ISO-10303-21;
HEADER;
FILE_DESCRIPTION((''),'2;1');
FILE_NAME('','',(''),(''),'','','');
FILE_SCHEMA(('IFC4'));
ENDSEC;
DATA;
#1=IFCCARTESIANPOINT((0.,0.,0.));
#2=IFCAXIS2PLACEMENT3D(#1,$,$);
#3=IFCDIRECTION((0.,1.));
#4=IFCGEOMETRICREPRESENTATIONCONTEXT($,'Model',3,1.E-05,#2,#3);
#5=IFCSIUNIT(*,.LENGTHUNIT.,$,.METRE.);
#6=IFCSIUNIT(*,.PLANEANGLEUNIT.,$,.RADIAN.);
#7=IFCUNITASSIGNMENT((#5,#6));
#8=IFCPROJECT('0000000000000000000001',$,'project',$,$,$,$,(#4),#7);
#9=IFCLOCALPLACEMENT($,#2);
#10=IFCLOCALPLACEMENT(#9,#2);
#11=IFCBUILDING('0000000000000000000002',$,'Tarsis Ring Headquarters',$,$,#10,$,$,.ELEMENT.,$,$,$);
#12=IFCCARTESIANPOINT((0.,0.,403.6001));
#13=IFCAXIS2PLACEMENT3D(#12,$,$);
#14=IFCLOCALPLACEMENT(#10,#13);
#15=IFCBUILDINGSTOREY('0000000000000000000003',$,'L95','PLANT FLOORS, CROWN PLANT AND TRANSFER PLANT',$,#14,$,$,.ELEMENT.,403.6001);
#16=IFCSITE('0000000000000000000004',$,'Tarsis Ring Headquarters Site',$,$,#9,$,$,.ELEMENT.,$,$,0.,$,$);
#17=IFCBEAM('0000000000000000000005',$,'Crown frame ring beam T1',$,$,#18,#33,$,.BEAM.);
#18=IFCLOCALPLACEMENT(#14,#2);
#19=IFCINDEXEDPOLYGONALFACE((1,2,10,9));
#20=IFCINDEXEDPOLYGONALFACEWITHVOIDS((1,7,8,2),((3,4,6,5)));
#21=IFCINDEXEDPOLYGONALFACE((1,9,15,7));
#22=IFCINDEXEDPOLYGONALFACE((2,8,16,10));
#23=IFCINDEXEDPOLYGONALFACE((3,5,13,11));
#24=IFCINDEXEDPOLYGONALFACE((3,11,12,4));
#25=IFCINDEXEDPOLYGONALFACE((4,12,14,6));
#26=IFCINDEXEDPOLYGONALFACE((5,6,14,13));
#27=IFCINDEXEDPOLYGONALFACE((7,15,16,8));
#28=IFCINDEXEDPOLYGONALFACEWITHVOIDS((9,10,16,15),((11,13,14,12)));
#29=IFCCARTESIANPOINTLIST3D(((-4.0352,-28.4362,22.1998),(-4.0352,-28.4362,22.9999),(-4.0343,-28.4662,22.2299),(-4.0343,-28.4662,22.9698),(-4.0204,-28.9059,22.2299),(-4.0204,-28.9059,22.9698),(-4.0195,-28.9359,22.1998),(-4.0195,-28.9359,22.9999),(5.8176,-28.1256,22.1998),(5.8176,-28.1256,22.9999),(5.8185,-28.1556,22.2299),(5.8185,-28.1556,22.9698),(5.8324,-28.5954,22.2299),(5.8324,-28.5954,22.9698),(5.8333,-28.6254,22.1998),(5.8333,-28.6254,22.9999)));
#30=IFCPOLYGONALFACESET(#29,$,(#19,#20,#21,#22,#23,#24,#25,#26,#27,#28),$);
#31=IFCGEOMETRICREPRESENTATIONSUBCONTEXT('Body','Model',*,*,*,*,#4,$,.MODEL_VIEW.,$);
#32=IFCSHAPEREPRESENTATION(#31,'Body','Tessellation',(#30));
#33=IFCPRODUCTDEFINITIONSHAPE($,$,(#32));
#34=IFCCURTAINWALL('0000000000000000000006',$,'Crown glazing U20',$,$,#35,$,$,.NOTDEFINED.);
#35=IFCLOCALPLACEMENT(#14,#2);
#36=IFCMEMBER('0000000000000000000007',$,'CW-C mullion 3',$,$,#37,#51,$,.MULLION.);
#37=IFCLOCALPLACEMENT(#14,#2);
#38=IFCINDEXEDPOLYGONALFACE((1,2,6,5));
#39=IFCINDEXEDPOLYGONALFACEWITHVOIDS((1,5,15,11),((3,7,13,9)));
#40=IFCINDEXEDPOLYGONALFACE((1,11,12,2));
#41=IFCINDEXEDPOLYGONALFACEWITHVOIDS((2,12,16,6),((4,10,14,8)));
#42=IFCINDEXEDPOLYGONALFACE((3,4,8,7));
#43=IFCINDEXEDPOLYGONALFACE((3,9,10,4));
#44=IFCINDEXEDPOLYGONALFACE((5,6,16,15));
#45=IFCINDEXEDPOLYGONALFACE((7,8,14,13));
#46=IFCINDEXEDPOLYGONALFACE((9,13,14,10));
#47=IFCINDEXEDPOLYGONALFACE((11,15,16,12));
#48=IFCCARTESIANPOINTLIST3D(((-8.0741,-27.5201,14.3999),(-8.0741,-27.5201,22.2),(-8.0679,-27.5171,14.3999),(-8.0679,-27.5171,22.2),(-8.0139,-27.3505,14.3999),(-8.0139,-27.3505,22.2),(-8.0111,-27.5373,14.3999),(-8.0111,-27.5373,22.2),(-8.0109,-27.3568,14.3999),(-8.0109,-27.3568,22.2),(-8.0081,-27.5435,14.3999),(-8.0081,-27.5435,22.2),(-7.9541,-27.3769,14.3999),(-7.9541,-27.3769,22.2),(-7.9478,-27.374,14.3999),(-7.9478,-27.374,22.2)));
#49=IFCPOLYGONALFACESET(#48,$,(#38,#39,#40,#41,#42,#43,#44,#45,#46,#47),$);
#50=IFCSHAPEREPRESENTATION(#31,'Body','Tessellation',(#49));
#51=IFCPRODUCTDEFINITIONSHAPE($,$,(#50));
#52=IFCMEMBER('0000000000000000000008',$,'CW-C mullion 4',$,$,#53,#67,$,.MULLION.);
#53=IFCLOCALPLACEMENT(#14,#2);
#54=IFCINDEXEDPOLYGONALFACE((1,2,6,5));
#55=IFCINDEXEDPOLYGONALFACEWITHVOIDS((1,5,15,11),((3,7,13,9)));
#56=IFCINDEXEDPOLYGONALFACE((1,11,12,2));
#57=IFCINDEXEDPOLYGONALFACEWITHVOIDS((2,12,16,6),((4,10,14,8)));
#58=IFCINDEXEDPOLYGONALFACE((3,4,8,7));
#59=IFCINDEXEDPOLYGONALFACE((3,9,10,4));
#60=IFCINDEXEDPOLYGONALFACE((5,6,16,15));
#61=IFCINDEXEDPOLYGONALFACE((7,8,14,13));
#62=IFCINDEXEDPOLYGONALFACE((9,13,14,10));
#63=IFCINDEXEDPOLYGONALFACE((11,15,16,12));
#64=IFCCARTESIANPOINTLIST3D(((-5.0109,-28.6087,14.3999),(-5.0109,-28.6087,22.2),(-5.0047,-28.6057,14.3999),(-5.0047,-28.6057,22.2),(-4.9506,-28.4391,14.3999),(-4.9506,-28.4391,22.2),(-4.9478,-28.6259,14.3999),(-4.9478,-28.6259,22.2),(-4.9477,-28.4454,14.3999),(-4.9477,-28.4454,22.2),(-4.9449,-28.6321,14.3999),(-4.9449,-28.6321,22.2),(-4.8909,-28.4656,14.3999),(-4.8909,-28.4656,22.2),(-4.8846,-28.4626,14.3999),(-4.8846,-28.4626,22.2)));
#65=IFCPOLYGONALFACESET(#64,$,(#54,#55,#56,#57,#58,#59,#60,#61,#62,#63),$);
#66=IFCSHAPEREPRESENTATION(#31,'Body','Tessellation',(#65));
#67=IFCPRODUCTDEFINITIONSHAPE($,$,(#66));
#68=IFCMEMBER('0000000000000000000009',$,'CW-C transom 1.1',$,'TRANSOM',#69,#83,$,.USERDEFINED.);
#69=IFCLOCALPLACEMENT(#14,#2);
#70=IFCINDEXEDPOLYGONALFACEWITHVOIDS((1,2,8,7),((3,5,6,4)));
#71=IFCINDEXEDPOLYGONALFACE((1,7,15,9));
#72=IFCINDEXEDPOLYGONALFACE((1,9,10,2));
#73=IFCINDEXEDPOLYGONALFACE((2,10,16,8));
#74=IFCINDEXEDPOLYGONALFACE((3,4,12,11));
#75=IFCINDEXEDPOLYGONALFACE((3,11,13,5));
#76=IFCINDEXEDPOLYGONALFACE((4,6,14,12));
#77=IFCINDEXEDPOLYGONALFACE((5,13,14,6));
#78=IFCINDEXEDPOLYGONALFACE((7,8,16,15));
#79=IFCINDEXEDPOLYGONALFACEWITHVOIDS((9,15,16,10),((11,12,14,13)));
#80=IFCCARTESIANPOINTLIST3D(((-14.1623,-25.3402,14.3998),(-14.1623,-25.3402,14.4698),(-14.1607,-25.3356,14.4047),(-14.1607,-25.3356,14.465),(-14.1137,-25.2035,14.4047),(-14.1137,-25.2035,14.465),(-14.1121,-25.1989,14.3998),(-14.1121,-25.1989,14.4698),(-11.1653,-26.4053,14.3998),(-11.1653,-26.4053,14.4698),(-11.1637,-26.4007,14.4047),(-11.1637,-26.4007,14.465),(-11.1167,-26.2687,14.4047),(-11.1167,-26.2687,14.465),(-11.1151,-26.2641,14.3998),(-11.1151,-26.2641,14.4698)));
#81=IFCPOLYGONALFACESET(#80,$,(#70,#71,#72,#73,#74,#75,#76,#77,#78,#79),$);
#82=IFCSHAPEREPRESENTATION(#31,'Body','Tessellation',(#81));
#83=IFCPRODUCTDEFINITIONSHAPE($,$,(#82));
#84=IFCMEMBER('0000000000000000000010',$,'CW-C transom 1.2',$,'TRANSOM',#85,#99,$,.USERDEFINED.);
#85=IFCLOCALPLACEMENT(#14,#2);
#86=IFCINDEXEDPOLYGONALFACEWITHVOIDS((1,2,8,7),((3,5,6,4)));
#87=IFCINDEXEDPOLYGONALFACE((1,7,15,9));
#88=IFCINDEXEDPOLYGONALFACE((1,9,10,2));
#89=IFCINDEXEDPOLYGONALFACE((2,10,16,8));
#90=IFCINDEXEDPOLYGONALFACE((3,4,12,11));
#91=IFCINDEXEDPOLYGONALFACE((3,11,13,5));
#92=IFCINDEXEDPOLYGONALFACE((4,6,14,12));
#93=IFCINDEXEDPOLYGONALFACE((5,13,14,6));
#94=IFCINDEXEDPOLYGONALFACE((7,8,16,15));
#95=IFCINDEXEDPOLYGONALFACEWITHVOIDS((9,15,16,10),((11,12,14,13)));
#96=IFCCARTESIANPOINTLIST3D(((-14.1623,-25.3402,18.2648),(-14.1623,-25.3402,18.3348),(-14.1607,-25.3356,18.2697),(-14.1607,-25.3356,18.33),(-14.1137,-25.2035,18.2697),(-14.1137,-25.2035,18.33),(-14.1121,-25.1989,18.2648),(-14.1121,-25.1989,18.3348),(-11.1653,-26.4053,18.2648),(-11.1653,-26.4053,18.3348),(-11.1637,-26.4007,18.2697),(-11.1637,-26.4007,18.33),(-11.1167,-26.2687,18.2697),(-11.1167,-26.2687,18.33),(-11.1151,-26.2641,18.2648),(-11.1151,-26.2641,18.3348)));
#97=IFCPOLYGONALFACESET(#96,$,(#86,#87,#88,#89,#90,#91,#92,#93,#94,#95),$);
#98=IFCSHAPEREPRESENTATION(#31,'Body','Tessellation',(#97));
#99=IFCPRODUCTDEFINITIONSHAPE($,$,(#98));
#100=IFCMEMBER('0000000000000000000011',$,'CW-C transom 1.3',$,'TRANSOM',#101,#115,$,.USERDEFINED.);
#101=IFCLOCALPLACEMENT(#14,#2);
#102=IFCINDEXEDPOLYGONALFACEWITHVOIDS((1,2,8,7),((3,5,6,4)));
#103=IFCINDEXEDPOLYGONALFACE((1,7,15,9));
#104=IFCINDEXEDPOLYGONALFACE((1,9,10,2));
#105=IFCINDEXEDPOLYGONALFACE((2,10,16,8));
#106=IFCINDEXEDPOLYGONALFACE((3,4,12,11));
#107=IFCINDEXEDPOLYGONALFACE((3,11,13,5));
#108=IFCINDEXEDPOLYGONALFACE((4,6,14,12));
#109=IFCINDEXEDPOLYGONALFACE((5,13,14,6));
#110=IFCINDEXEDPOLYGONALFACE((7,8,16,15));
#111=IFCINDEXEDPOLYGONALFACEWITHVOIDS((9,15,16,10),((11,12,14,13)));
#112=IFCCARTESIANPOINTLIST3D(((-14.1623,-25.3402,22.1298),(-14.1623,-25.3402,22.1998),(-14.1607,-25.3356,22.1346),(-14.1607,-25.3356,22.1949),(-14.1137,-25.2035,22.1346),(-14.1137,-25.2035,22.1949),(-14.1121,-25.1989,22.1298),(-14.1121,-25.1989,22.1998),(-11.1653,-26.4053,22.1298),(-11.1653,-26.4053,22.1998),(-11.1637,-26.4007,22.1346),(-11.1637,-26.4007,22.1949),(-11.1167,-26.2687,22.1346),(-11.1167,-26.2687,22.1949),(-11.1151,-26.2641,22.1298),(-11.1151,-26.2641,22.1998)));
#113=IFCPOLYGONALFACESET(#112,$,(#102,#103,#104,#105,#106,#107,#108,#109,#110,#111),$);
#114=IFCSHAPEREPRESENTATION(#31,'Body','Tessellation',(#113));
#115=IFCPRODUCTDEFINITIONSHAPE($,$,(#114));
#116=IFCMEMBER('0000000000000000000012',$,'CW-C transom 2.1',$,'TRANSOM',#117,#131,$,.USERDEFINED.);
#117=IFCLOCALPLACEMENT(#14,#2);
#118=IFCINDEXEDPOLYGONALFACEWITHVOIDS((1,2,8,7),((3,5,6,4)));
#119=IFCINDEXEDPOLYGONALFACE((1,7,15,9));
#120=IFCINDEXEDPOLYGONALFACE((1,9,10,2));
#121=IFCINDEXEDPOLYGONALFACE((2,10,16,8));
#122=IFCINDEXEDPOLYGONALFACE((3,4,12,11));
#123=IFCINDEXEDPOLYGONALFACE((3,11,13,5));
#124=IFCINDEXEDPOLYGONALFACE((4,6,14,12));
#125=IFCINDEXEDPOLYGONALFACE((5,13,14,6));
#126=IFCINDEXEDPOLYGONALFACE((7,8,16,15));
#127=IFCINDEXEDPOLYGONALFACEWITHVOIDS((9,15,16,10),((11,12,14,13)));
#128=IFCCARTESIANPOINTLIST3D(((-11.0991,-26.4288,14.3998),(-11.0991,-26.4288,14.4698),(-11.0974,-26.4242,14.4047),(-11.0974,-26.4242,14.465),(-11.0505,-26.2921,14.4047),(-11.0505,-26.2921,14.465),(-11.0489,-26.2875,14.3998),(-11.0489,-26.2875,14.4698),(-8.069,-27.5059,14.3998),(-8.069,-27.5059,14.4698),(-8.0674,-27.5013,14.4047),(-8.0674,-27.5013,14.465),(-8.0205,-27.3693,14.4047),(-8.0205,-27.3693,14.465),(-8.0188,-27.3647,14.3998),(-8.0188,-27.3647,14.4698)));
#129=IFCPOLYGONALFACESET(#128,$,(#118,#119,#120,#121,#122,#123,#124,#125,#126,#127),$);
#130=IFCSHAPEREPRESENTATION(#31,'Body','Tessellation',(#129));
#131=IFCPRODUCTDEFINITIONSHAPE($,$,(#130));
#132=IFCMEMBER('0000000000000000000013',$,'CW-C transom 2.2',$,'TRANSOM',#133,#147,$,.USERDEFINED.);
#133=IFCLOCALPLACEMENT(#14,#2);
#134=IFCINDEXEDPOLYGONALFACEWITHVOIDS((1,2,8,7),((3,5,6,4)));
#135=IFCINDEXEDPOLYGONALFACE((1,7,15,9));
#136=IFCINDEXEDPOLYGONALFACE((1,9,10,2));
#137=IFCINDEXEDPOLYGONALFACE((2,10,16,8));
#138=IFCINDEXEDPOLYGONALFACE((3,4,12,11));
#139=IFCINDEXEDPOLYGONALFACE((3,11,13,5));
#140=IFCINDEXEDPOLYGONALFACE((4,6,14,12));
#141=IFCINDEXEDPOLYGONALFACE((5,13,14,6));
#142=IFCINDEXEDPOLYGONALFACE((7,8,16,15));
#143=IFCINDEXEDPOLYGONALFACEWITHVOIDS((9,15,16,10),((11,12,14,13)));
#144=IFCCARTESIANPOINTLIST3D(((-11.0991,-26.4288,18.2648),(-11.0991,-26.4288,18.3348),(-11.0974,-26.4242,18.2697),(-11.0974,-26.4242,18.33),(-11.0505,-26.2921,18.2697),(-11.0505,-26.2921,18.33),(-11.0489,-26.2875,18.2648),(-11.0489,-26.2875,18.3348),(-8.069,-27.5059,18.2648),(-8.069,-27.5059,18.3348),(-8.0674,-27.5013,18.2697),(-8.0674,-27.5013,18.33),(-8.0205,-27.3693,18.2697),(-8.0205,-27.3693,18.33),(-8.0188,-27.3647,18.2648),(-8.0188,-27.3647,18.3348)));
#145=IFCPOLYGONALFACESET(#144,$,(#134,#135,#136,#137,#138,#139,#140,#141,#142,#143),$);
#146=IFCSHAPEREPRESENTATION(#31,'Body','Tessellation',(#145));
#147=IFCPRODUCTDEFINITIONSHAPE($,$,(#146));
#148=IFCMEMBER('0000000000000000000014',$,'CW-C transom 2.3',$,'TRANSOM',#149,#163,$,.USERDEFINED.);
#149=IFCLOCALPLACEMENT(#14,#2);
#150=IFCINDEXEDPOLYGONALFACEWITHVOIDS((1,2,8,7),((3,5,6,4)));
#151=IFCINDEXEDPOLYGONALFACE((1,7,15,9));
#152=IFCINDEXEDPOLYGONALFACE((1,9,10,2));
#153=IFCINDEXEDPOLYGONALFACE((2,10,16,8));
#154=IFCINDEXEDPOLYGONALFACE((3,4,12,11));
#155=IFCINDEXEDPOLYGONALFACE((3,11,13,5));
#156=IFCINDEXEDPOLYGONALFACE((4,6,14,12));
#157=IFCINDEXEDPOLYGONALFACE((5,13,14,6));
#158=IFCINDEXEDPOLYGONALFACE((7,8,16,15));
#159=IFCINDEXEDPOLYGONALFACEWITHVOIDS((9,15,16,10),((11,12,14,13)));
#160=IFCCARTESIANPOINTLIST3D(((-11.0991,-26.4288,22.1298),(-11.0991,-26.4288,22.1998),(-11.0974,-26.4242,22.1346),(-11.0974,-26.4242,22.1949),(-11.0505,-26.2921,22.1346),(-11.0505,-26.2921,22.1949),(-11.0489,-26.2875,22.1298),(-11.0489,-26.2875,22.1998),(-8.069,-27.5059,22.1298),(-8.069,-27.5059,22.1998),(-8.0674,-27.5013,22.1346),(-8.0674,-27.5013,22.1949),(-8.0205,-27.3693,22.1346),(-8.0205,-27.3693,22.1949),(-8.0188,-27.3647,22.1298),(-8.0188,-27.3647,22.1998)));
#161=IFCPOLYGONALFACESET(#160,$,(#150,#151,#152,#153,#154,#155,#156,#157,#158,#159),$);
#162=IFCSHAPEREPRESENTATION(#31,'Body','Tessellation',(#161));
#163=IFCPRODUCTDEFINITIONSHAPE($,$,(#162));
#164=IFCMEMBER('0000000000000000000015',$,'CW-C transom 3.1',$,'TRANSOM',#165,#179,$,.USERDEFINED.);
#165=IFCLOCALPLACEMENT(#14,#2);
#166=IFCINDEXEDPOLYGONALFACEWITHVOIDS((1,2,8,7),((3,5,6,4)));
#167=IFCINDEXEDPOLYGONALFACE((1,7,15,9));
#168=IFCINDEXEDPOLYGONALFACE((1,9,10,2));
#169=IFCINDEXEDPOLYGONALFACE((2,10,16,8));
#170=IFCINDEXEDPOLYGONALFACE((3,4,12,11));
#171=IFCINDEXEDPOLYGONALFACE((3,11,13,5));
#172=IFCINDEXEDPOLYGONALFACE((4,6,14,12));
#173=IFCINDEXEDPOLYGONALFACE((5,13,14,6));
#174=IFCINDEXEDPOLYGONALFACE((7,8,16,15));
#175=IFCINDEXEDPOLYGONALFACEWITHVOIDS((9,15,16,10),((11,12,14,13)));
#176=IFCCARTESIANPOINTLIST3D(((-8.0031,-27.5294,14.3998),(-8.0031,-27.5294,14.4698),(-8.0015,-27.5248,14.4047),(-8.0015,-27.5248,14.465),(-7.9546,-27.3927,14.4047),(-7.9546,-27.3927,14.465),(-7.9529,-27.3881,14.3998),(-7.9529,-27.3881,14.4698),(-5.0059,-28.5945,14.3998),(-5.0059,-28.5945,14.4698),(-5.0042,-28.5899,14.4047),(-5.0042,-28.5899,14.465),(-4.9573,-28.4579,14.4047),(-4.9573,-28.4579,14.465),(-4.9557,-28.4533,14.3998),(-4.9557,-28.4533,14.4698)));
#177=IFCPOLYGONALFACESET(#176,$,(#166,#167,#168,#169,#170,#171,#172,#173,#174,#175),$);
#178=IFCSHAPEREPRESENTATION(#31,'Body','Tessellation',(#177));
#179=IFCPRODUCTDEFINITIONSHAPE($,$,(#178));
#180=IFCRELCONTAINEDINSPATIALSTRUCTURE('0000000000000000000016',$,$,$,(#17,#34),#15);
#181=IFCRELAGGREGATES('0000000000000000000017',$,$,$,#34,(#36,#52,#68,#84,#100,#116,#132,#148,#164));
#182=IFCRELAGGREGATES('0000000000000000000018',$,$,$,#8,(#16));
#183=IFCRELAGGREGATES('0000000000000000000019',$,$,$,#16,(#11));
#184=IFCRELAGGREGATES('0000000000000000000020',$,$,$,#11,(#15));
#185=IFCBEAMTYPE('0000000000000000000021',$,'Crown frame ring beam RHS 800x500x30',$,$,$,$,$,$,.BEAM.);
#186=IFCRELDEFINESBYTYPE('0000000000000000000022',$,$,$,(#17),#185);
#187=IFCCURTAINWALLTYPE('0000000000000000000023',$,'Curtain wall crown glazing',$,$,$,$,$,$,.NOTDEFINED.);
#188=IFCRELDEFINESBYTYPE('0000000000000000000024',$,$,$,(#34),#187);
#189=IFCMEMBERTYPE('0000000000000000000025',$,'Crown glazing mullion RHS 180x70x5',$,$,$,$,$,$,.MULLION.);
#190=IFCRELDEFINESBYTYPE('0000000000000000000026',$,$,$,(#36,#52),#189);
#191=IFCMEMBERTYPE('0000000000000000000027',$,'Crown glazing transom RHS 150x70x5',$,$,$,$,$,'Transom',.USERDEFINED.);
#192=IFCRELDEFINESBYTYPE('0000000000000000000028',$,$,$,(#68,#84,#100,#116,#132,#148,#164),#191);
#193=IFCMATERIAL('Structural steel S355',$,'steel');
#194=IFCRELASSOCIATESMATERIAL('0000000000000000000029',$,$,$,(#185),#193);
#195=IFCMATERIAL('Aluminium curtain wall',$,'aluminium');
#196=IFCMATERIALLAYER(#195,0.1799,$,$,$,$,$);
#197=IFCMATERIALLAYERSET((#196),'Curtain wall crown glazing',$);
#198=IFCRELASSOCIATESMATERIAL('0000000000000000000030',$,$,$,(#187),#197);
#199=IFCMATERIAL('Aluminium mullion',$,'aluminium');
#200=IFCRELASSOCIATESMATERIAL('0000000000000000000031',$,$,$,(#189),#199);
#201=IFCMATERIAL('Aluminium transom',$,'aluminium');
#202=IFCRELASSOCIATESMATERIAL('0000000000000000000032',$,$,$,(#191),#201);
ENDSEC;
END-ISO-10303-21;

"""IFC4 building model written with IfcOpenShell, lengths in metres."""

from ifc_helpers import new_model, si_unit, direction, frame, origin, origin_2d, place, context, subcontext, project, spatial, hollow_rectangle, extrude, material, layer, layer_set, material_profile, profile_set, type_object, element, aggregate, save


model = new_model("IFC4")

# Units and contexts
model_context = context("Model", 3, precision=1e-05, world=origin(), true_north=direction((0.0, 1.0)))
body_context = subcontext(model_context, "Body", "Model", "MODEL_VIEW")
ifc_project = project(units=[si_unit("LENGTHUNIT", "METRE"), si_unit("PLANEANGLEUNIT", "RADIAN")], contexts=[model_context])

# Site, building, storey
site_placement = place(None, origin())
site = spatial("IfcSite", under=ifc_project, at=site_placement, Name="Tarsis Ring Headquarters Site", CompositionType="ELEMENT", RefElevation=0.0)
building_placement = place(site_placement, origin())
building = spatial("IfcBuilding", under=site, at=building_placement, Name="Tarsis Ring Headquarters", CompositionType="ELEMENT")
storey_placement = place(building_placement, frame((0.0, 0.0, 403.6001)))
storey = spatial("IfcBuildingStorey", under=building, at=storey_placement, Name="L95", Description="PLANT FLOORS, CROWN PLANT AND TRANSFER PLANT", CompositionType="ELEMENT", Elevation=403.6001)

# Beam
ifc_material_1 = material(Name="Structural steel S355", Category="steel")
ifc_material_profile_1 = material_profile(ifc_material_1, hollow_rectangle(XDim=0.5, YDim=0.8, WallThickness=0.03, at=origin_2d()), Name="RHS 800x500x30")
ifc_profile_set_1 = profile_set([ifc_material_profile_1], Name="Structural steel S355")
beam_type = type_object("IfcBeamType", Name="Crown frame ring beam RHS 800x500x30", PredefinedType="BEAM", material=ifc_profile_set_1)
beam_placement = place(storey_placement, frame((-4.0273, -28.686, 22.5999), z_axis=(0.999504, 0.031503, 0.0), x_axis=(-0.031503, 0.999504, 0.0)))
element("IfcBeam", 1, at=beam_placement, inside=storey, type_object=beam_type, Name="Crown frame ring beam T1", PredefinedType="BEAM", context=body_context, shape_type="SweptSolid", body=[
    extrude(hollow_rectangle(XDim=0.5, YDim=0.8, WallThickness=0.03, at=origin_2d()), origin(), (0.0, 0.0, 1.0), 9.8577),
])

# Curtain wall, members
ifc_material_2 = material(Name="Aluminium curtain wall", Category="aluminium")
ifc_layer_1 = layer(ifc_material_2, 0.1799)
ifc_layer_set_1 = layer_set([ifc_layer_1], Name="Curtain wall crown glazing")
curtain_wall_type = type_object("IfcCurtainWallType", Name="Curtain wall crown glazing", PredefinedType="NOTDEFINED", material=ifc_layer_set_1)
curtain_wall_placement = place(storey_placement, origin())
curtain_wall = element("IfcCurtainWall", 2, at=curtain_wall_placement, inside=storey, type_object=curtain_wall_type, Name="Crown glazing U20", PredefinedType="NOTDEFINED")
ifc_material_3 = material(Name="Aluminium mullion", Category="aluminium")
ifc_material_profile_2 = material_profile(ifc_material_3, hollow_rectangle(XDim=0.1799, YDim=0.0701, WallThickness=0.0049, at=origin_2d()), Name="RHS 180x70x5")
ifc_profile_set_2 = profile_set([ifc_material_profile_2], Name="Aluminium mullion")
member_type_1 = type_object("IfcMemberType", Name="Crown glazing mullion RHS 180x70x5", PredefinedType="MULLION", material=ifc_profile_set_2)
member_1_placement = place(storey_placement, frame((-8.011, -27.447, 14.3999), z_axis=(0.0, 0.0, 1.0), x_axis=(0.334876, 0.942262, 0.0)))
member_1 = element("IfcMember", 3, at=member_1_placement, type_object=member_type_1, Name="CW-C mullion 3", PredefinedType="MULLION", context=body_context, shape_type="SweptSolid", body=[
    extrude(hollow_rectangle(XDim=0.1799, YDim=0.0701, WallThickness=0.0049, at=origin_2d()), origin(), (0.0, 0.0, 1.0), 7.8),
])
member_2_placement = place(storey_placement, frame((-4.9478, -28.5356, 14.3999), z_axis=(0.0, 0.0, 1.0), x_axis=(0.334876, 0.942262, 0.0)))
member_2 = element("IfcMember", 4, at=member_2_placement, type_object=member_type_1, Name="CW-C mullion 4", PredefinedType="MULLION", context=body_context, shape_type="SweptSolid", body=[
    extrude(hollow_rectangle(XDim=0.1799, YDim=0.0701, WallThickness=0.0049, at=origin_2d()), origin(), (0.0, 0.0, 1.0), 7.8),
])
ifc_material_4 = material(Name="Aluminium transom", Category="aluminium")
ifc_material_profile_3 = material_profile(ifc_material_4, hollow_rectangle(XDim=0.1499, YDim=0.0701, WallThickness=0.0049, at=origin_2d()), Name="RHS 150x70x5")
ifc_profile_set_3 = profile_set([ifc_material_profile_3], Name="Aluminium transom")
member_type_2 = type_object("IfcMemberType", Name="Crown glazing transom RHS 150x70x5", ElementType="Transom", PredefinedType="USERDEFINED", material=ifc_profile_set_3)
member_3_placement = place(storey_placement, frame((-14.1372, -25.2695, 14.4348), z_axis=(0.942258, -0.334887, 0.0), x_axis=(0.334887, 0.942258, 0.0)))
member_3 = element("IfcMember", 5, at=member_3_placement, type_object=member_type_2, Name="CW-C transom 1.1", ObjectType="TRANSOM", PredefinedType="USERDEFINED", context=body_context, shape_type="SweptSolid", body=[
    extrude(hollow_rectangle(XDim=0.1499, YDim=0.0701, WallThickness=0.0049, at=origin_2d()), origin(), (0.0, 0.0, 1.0), 3.1807),
])
member_4_placement = place(storey_placement, frame((-14.1372, -25.2695, 18.2998), z_axis=(0.942258, -0.334887, 0.0), x_axis=(0.334887, 0.942258, 0.0)))
member_4 = element("IfcMember", 6, at=member_4_placement, type_object=member_type_2, Name="CW-C transom 1.2", ObjectType="TRANSOM", PredefinedType="USERDEFINED", context=body_context, shape_type="SweptSolid", body=[
    extrude(hollow_rectangle(XDim=0.1499, YDim=0.0701, WallThickness=0.0049, at=origin_2d()), origin(), (0.0, 0.0, 1.0), 3.1807),
])
member_5_placement = place(storey_placement, frame((-14.1372, -25.2695, 22.1648), z_axis=(0.942258, -0.334887, 0.0), x_axis=(0.334887, 0.942258, 0.0)))
member_5 = element("IfcMember", 7, at=member_5_placement, type_object=member_type_2, Name="CW-C transom 1.3", ObjectType="TRANSOM", PredefinedType="USERDEFINED", context=body_context, shape_type="SweptSolid", body=[
    extrude(hollow_rectangle(XDim=0.1499, YDim=0.0701, WallThickness=0.0049, at=origin_2d()), origin(), (0.0, 0.0, 1.0), 3.1807),
])
member_6_placement = place(storey_placement, frame((-11.074, -26.3582, 14.4348), z_axis=(0.942234, -0.334956, 0.0), x_axis=(0.334956, 0.942234, 0.0)))
member_6 = element("IfcMember", 8, at=member_6_placement, type_object=member_type_2, Name="CW-C transom 2.1", ObjectType="TRANSOM", PredefinedType="USERDEFINED", context=body_context, shape_type="SweptSolid", body=[
    extrude(hollow_rectangle(XDim=0.1499, YDim=0.0701, WallThickness=0.0049, at=origin_2d()), origin(), (0.0, 0.0, 1.0), 3.2158),
])
member_7_placement = place(storey_placement, frame((-11.074, -26.3582, 18.2998), z_axis=(0.942234, -0.334956, 0.0), x_axis=(0.334956, 0.942234, 0.0)))
member_7 = element("IfcMember", 9, at=member_7_placement, type_object=member_type_2, Name="CW-C transom 2.2", ObjectType="TRANSOM", PredefinedType="USERDEFINED", context=body_context, shape_type="SweptSolid", body=[
    extrude(hollow_rectangle(XDim=0.1499, YDim=0.0701, WallThickness=0.0049, at=origin_2d()), origin(), (0.0, 0.0, 1.0), 3.2158),
])
member_8_placement = place(storey_placement, frame((-11.074, -26.3582, 22.1648), z_axis=(0.942234, -0.334956, 0.0), x_axis=(0.334956, 0.942234, 0.0)))
member_8 = element("IfcMember", 10, at=member_8_placement, type_object=member_type_2, Name="CW-C transom 2.3", ObjectType="TRANSOM", PredefinedType="USERDEFINED", context=body_context, shape_type="SweptSolid", body=[
    extrude(hollow_rectangle(XDim=0.1499, YDim=0.0701, WallThickness=0.0049, at=origin_2d()), origin(), (0.0, 0.0, 1.0), 3.2158),
])
member_9_placement = place(storey_placement, frame((-7.978, -27.4587, 14.4348), z_axis=(0.942267, -0.334863, 0.0), x_axis=(0.334863, 0.942267, 0.0)))
member_9 = element("IfcMember", 11, at=member_9_placement, type_object=member_type_2, Name="CW-C transom 3.1", ObjectType="TRANSOM", PredefinedType="USERDEFINED", context=body_context, shape_type="SweptSolid", body=[
    extrude(hollow_rectangle(XDim=0.1499, YDim=0.0701, WallThickness=0.0049, at=origin_2d()), origin(), (0.0, 0.0, 1.0), 3.1809),
])
aggregate(curtain_wall, [member_1, member_2, member_3, member_4, member_5, member_6, member_7, member_8, member_9])

save(model, "model.ifc")
